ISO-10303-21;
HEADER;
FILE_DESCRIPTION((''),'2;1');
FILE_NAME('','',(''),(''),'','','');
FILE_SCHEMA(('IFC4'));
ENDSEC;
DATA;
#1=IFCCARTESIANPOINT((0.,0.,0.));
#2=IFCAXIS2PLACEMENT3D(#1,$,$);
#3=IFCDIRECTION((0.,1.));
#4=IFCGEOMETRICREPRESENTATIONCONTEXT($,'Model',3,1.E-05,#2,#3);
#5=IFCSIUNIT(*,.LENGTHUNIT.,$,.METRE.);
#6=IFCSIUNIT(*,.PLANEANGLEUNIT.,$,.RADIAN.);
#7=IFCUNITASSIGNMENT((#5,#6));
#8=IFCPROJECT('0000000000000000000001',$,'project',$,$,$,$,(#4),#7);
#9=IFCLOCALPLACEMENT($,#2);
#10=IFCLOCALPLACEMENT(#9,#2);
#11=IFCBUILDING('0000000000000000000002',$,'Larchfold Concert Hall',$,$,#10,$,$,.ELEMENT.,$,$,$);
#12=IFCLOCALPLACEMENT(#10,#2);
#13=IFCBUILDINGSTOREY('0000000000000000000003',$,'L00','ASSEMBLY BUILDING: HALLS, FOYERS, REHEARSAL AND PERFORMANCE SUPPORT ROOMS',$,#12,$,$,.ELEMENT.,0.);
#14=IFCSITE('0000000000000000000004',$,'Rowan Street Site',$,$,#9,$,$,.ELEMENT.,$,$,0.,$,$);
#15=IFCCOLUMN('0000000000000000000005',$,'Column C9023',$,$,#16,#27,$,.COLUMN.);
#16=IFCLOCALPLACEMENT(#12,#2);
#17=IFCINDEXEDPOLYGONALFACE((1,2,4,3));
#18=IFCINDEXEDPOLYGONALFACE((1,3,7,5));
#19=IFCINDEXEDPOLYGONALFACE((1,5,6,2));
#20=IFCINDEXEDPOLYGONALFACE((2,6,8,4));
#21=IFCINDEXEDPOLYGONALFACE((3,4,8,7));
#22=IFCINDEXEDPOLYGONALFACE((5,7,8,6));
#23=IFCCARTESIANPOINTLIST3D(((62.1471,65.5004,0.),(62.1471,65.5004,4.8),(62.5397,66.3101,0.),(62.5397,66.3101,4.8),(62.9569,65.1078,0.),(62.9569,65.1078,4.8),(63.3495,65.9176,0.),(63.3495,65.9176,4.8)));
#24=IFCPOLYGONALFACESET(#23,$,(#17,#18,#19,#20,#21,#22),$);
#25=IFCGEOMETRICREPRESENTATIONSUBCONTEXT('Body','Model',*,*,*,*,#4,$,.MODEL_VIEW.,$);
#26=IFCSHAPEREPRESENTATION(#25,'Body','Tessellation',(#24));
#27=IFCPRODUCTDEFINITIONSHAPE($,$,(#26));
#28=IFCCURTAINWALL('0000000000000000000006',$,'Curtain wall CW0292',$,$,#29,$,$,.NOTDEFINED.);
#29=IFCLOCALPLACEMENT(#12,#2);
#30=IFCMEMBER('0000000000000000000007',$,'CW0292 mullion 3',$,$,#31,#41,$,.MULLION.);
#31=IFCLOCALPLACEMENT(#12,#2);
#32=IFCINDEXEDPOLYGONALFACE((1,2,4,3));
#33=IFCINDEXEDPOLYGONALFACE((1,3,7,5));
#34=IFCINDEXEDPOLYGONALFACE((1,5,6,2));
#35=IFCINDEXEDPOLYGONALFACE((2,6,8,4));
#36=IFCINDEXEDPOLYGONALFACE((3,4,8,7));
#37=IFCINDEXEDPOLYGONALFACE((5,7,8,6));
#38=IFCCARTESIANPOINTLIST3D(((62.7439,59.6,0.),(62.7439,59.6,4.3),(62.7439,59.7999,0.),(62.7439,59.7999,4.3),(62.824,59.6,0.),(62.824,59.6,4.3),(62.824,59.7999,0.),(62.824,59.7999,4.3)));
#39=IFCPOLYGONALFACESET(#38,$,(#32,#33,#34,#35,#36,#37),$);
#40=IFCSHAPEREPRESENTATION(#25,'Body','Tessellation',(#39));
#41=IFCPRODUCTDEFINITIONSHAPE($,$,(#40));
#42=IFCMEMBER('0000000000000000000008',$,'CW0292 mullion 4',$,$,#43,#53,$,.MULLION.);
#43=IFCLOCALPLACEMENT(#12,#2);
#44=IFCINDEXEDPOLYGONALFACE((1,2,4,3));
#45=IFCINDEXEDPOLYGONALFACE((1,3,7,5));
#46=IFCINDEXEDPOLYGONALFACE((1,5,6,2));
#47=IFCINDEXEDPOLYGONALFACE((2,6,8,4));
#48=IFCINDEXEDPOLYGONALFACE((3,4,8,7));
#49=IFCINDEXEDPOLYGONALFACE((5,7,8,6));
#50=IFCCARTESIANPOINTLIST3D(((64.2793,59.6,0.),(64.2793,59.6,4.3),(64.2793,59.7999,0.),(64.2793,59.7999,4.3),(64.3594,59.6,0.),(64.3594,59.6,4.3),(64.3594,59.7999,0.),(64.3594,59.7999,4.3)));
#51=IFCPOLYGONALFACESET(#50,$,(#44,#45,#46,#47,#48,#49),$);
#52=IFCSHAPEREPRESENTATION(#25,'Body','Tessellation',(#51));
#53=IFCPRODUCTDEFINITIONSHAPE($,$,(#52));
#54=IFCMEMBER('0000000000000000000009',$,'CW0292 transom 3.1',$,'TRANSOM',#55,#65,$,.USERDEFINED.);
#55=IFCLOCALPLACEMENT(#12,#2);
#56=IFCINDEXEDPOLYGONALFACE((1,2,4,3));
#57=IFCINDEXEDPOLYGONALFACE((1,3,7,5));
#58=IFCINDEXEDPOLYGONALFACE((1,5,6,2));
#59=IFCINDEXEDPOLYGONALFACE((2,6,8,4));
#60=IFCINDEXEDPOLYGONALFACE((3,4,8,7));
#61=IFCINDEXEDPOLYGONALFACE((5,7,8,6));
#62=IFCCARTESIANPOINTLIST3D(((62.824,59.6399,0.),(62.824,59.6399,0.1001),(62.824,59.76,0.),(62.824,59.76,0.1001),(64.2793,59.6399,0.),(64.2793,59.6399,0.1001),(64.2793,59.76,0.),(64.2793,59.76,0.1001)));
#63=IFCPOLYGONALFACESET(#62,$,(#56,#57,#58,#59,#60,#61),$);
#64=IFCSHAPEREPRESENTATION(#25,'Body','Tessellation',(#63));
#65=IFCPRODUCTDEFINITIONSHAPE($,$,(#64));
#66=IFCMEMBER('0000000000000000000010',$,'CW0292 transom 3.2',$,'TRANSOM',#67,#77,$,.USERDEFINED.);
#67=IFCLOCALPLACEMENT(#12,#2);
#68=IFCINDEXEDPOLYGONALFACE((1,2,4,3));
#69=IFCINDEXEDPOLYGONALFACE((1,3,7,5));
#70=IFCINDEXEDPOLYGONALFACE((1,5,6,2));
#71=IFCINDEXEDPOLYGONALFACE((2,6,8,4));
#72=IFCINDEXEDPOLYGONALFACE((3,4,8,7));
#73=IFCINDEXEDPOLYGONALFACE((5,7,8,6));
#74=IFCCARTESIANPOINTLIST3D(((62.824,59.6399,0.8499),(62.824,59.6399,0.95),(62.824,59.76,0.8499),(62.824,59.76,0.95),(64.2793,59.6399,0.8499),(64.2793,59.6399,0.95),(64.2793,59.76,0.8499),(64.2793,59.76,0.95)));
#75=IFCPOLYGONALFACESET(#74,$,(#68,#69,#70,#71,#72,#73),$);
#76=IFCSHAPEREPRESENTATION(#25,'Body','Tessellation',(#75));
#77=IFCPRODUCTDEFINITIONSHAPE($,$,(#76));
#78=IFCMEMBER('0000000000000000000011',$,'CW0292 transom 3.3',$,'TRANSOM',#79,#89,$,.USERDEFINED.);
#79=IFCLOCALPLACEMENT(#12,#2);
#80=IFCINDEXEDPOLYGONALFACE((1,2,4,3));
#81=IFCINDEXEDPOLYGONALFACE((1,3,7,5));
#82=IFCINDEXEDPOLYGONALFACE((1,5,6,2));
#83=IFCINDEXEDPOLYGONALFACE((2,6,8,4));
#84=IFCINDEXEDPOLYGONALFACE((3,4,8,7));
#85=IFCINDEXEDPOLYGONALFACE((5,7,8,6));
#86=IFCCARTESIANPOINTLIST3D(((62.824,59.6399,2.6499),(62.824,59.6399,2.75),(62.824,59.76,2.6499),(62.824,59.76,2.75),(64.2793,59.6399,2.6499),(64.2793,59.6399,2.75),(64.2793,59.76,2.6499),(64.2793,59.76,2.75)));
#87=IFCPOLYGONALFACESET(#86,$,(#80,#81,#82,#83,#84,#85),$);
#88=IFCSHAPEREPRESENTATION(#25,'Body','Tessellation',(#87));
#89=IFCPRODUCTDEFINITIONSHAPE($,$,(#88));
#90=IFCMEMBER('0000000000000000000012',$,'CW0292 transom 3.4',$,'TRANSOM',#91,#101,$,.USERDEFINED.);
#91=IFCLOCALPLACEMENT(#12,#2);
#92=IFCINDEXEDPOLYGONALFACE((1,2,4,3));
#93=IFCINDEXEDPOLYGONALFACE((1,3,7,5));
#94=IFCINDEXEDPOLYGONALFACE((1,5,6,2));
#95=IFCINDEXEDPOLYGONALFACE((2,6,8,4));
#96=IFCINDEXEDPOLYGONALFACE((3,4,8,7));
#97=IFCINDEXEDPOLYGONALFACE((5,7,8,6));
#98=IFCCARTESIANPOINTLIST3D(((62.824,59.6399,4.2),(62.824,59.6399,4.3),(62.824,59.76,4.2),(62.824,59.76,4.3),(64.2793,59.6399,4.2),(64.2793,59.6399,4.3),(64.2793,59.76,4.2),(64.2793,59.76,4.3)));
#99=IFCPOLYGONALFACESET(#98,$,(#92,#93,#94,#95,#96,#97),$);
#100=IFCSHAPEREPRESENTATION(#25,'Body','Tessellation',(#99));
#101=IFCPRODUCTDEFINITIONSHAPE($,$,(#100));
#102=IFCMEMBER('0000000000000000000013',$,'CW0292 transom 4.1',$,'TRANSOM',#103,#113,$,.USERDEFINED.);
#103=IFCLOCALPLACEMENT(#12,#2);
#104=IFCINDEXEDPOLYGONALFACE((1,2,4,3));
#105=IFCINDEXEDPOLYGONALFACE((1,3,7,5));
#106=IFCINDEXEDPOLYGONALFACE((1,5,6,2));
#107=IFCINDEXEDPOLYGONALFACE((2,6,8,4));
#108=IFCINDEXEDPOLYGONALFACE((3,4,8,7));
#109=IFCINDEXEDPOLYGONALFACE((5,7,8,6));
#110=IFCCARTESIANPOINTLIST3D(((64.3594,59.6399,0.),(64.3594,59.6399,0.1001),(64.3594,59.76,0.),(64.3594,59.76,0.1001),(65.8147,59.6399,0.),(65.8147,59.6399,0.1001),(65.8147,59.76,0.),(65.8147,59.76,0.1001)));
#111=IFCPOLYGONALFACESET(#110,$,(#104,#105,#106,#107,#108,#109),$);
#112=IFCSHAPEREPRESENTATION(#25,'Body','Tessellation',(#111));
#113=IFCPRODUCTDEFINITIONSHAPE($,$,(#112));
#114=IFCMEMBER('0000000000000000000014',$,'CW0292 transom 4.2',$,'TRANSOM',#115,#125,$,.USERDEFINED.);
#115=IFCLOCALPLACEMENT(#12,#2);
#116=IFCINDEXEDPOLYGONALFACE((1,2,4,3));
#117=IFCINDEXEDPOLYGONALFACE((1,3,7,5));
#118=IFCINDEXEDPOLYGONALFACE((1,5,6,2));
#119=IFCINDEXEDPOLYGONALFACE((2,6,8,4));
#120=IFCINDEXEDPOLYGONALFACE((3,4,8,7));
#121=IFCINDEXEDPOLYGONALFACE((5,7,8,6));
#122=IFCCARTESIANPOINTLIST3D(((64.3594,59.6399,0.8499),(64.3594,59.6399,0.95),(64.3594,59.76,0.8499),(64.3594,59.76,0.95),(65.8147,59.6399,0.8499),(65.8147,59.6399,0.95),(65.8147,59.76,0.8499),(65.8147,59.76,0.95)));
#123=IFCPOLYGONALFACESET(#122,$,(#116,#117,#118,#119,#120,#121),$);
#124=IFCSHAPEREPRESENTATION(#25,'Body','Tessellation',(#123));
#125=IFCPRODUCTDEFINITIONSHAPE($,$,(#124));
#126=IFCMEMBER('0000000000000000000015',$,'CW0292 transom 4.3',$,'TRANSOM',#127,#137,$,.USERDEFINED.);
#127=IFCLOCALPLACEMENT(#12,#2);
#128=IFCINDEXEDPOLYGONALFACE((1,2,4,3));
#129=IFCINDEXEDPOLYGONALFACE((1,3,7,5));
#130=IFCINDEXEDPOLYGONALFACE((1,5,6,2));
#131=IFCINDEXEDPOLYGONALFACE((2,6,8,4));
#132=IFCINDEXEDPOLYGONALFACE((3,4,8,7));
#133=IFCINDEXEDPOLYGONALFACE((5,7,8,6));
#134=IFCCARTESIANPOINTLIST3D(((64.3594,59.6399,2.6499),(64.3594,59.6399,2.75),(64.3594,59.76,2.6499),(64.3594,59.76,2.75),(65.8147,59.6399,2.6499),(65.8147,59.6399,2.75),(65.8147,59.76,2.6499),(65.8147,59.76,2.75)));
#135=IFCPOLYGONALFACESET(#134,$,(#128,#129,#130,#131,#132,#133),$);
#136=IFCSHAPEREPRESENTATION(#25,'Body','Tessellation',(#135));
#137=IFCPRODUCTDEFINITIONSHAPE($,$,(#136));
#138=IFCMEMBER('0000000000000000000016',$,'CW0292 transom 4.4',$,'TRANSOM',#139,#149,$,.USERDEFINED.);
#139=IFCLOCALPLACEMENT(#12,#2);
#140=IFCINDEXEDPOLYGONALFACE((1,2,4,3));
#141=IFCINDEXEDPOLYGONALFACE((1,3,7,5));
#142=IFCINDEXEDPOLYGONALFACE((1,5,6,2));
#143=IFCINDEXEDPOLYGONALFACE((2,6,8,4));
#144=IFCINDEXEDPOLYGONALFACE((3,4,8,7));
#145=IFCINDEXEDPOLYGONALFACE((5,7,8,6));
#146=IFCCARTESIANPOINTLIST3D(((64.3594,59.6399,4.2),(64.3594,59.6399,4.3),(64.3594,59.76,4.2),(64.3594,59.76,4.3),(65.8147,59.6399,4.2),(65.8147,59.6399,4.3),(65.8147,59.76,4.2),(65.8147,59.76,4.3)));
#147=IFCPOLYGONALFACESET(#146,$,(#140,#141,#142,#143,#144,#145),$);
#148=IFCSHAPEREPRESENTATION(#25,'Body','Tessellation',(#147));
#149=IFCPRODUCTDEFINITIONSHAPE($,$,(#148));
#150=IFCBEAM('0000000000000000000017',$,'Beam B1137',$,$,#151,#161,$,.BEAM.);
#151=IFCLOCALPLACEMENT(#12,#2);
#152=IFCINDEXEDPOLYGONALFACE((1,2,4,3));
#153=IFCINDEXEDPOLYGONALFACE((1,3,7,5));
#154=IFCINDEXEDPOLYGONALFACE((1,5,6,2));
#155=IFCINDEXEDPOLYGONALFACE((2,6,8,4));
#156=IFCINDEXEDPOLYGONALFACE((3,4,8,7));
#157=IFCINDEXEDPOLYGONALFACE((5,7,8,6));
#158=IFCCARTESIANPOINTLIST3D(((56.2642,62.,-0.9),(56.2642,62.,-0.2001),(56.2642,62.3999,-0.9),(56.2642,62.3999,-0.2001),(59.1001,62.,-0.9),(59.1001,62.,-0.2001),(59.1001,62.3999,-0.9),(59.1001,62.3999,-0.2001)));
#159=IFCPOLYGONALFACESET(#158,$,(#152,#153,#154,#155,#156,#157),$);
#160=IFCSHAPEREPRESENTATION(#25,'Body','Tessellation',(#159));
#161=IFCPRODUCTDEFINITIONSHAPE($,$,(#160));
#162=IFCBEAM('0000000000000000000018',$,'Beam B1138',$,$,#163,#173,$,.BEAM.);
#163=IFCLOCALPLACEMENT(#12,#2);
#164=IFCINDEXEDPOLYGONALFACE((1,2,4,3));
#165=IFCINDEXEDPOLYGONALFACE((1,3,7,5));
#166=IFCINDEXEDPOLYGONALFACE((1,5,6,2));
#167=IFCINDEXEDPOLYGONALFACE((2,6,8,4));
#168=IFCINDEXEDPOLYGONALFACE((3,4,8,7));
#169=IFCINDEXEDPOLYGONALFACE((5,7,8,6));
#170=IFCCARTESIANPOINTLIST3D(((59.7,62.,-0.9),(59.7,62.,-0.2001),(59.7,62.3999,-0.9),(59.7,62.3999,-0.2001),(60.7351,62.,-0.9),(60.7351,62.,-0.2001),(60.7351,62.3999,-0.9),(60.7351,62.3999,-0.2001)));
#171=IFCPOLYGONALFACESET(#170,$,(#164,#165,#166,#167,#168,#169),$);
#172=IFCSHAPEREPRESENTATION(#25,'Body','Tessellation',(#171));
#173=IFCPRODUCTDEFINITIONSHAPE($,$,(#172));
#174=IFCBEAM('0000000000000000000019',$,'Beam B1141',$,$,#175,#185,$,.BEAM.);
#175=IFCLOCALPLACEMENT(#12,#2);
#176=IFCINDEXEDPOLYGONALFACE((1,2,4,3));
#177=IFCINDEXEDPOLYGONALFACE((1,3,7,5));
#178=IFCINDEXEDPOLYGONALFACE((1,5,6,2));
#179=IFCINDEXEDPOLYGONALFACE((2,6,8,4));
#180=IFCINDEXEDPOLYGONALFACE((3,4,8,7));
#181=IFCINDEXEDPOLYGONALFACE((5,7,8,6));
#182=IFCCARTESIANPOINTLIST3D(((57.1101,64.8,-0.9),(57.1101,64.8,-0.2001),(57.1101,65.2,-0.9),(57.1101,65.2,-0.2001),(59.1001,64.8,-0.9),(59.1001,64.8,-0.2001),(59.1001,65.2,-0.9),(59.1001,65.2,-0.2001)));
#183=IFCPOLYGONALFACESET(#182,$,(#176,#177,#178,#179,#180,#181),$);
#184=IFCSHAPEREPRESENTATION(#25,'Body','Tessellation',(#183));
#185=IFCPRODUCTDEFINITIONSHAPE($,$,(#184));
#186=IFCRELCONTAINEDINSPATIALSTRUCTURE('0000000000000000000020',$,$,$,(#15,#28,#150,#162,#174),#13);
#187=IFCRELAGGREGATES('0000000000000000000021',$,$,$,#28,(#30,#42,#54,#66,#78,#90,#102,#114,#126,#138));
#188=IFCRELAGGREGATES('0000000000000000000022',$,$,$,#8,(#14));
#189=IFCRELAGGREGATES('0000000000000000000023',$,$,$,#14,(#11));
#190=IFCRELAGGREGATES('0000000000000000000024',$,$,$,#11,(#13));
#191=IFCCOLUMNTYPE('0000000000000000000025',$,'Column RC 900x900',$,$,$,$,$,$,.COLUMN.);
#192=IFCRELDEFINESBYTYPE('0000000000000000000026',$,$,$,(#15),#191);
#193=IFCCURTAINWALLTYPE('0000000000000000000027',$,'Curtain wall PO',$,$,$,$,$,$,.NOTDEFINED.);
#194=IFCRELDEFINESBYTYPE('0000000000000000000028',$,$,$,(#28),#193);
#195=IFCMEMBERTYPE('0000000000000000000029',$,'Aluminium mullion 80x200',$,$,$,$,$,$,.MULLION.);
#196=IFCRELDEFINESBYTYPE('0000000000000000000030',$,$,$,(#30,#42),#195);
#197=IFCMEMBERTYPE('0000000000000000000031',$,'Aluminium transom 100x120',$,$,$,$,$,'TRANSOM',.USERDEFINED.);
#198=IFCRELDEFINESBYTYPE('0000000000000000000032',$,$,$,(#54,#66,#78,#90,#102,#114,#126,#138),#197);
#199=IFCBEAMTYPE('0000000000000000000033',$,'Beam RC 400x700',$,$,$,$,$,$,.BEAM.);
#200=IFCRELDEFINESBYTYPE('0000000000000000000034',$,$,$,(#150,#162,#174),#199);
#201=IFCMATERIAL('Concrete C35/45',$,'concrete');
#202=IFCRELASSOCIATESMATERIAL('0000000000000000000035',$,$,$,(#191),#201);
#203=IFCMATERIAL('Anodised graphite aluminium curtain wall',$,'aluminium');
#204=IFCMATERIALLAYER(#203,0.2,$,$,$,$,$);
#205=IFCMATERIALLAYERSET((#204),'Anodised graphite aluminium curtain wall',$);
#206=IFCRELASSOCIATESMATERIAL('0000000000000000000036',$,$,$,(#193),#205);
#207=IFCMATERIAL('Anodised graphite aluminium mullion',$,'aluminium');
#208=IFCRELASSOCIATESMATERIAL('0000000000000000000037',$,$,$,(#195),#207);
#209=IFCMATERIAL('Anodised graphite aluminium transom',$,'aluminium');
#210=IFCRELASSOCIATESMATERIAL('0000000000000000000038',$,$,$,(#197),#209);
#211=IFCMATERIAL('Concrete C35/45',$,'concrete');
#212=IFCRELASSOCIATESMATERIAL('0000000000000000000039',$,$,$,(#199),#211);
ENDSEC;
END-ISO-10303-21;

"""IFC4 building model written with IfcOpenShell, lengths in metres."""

from ifc_helpers import new_model, si_unit, direction, frame, origin, origin_2d, place, context, subcontext, project, spatial, rectangle, extrude, material, layer, layer_set, material_profile, profile_set, type_object, element, aggregate, save


model = new_model("IFC4")

# Units and contexts
model_context = context("Model", 3, precision=1e-05, world=origin(), true_north=direction((0.0, 1.0)))
body_context = subcontext(model_context, "Body", "Model", "MODEL_VIEW")
ifc_project = project(units=[si_unit("LENGTHUNIT", "METRE"), si_unit("PLANEANGLEUNIT", "RADIAN")], contexts=[model_context])

# Site, building, storey
site_placement = place(None, origin())
site = spatial("IfcSite", under=ifc_project, at=site_placement, Name="Rowan Street Site", CompositionType="ELEMENT", RefElevation=0.0)
building_placement = place(site_placement, origin())
building = spatial("IfcBuilding", under=site, at=building_placement, Name="Larchfold Concert Hall", CompositionType="ELEMENT")
storey_placement = place(building_placement, origin())
storey = spatial("IfcBuildingStorey", under=building, at=storey_placement, Name="L00", Description="ASSEMBLY BUILDING: HALLS, FOYERS, REHEARSAL AND PERFORMANCE SUPPORT ROOMS", CompositionType="ELEMENT", Elevation=0.0)

# Column
ifc_material_1 = material(Name="Concrete C35/45", Category="concrete")
ifc_material_profile_1 = material_profile(ifc_material_1, rectangle(XDim=0.8999, YDim=0.8999, at=origin_2d()))
ifc_profile_set_1 = profile_set([ifc_material_profile_1], Name="Concrete C35/45")
column_type = type_object("IfcColumnType", Name="Column RC 900x900", PredefinedType="COLUMN", material=ifc_profile_set_1)
column_placement = place(storey_placement, frame((62.7483, 65.709, 0.0), z_axis=(0.0, 0.0, 1.0), x_axis=(0.436211, 0.899844, 0.0)))
element("IfcColumn", 1, at=column_placement, inside=storey, type_object=column_type, Name="Column C9023", PredefinedType="COLUMN", context=body_context, shape_type="SweptSolid", body=[
    extrude(rectangle(XDim=0.8999, YDim=0.8999, at=origin_2d()), origin(), (0.0, 0.0, 1.0), 4.8),
])

# Curtain wall, members
ifc_material_2 = material(Name="Anodised graphite aluminium curtain wall", Category="aluminium")
ifc_layer_1 = layer(ifc_material_2, 0.2)
ifc_layer_set_1 = layer_set([ifc_layer_1], Name="Anodised graphite aluminium curtain wall")
curtain_wall_type = type_object("IfcCurtainWallType", Name="Curtain wall PO", PredefinedType="NOTDEFINED", material=ifc_layer_set_1)
curtain_wall_placement = place(storey_placement, origin())
curtain_wall = element("IfcCurtainWall", 2, at=curtain_wall_placement, inside=storey, type_object=curtain_wall_type, Name="Curtain wall CW0292", PredefinedType="NOTDEFINED")
ifc_material_3 = material(Name="Anodised graphite aluminium mullion", Category="aluminium")
ifc_material_profile_2 = material_profile(ifc_material_3, rectangle(XDim=0.2, YDim=0.0801, at=origin_2d()))
ifc_profile_set_2 = profile_set([ifc_material_profile_2], Name="Anodised graphite aluminium mullion")
member_type_1 = type_object("IfcMemberType", Name="Aluminium mullion 80x200", PredefinedType="MULLION", material=ifc_profile_set_2)
member_1_placement = place(storey_placement, frame((62.7839, 59.7, 0.0), z_axis=(0.0, 0.0, 1.0), x_axis=(0.0, 1.0, 0.0)))
member_1 = element("IfcMember", 3, at=member_1_placement, type_object=member_type_1, Name="CW0292 mullion 3", PredefinedType="MULLION", context=body_context, shape_type="SweptSolid", body=[
    extrude(rectangle(XDim=0.2, YDim=0.0801, at=origin_2d()), origin(), (0.0, 0.0, 1.0), 4.3),
])
member_2_placement = place(storey_placement, frame((64.3193, 59.7, 0.0), z_axis=(0.0, 0.0, 1.0), x_axis=(0.0, 1.0, 0.0)))
member_2 = element("IfcMember", 4, at=member_2_placement, type_object=member_type_1, Name="CW0292 mullion 4", PredefinedType="MULLION", context=body_context, shape_type="SweptSolid", body=[
    extrude(rectangle(XDim=0.2, YDim=0.0801, at=origin_2d()), origin(), (0.0, 0.0, 1.0), 4.3),
])
ifc_material_4 = material(Name="Anodised graphite aluminium transom", Category="aluminium")
ifc_material_profile_3 = material_profile(ifc_material_4, rectangle(XDim=0.1201, YDim=0.1001, at=origin_2d()))
ifc_profile_set_3 = profile_set([ifc_material_profile_3], Name="Anodised graphite aluminium transom")
member_type_2 = type_object("IfcMemberType", Name="Aluminium transom 100x120", ElementType="TRANSOM", PredefinedType="USERDEFINED", material=ifc_profile_set_3)
member_3_placement = place(storey_placement, frame((62.824, 59.7, 0.05), z_axis=(1.0, 0.0, 0.0), x_axis=(0.0, 1.0, 0.0)))
member_3 = element("IfcMember", 5, at=member_3_placement, type_object=member_type_2, Name="CW0292 transom 3.1", ObjectType="TRANSOM", PredefinedType="USERDEFINED", context=body_context, shape_type="SweptSolid", body=[
    extrude(rectangle(XDim=0.1201, YDim=0.1001, at=origin_2d()), origin(), (0.0, 0.0, 1.0), 1.4553),
])
member_4_placement = place(storey_placement, frame((62.824, 59.7, 0.8999), z_axis=(1.0, 0.0, 0.0), x_axis=(0.0, 1.0, 0.0)))
member_4 = element("IfcMember", 6, at=member_4_placement, type_object=member_type_2, Name="CW0292 transom 3.2", ObjectType="TRANSOM", PredefinedType="USERDEFINED", context=body_context, shape_type="SweptSolid", body=[
    extrude(rectangle(XDim=0.1201, YDim=0.1001, at=origin_2d()), origin(), (0.0, 0.0, 1.0), 1.4553),
])
member_5_placement = place(storey_placement, frame((62.824, 59.7, 2.7), z_axis=(1.0, 0.0, 0.0), x_axis=(0.0, 1.0, 0.0)))
member_5 = element("IfcMember", 7, at=member_5_placement, type_object=member_type_2, Name="CW0292 transom 3.3", ObjectType="TRANSOM", PredefinedType="USERDEFINED", context=body_context, shape_type="SweptSolid", body=[
    extrude(rectangle(XDim=0.1201, YDim=0.1001, at=origin_2d()), origin(), (0.0, 0.0, 1.0), 1.4553),
])
member_6_placement = place(storey_placement, frame((62.824, 59.7, 4.25), z_axis=(1.0, 0.0, 0.0), x_axis=(0.0, 1.0, 0.0)))
member_6 = element("IfcMember", 8, at=member_6_placement, type_object=member_type_2, Name="CW0292 transom 3.4", ObjectType="TRANSOM", PredefinedType="USERDEFINED", context=body_context, shape_type="SweptSolid", body=[
    extrude(rectangle(XDim=0.1201, YDim=0.1001, at=origin_2d()), origin(), (0.0, 0.0, 1.0), 1.4553),
])
member_7_placement = place(storey_placement, frame((64.3594, 59.7, 0.05), z_axis=(1.0, 0.0, 0.0), x_axis=(0.0, 1.0, 0.0)))
member_7 = element("IfcMember", 9, at=member_7_placement, type_object=member_type_2, Name="CW0292 transom 4.1", ObjectType="TRANSOM", PredefinedType="USERDEFINED", context=body_context, shape_type="SweptSolid", body=[
    extrude(rectangle(XDim=0.1201, YDim=0.1001, at=origin_2d()), origin(), (0.0, 0.0, 1.0), 1.4553),
])
member_8_placement = place(storey_placement, frame((64.3594, 59.7, 0.8999), z_axis=(1.0, 0.0, 0.0), x_axis=(0.0, 1.0, 0.0)))
member_8 = element("IfcMember", 10, at=member_8_placement, type_object=member_type_2, Name="CW0292 transom 4.2", ObjectType="TRANSOM", PredefinedType="USERDEFINED", context=body_context, shape_type="SweptSolid", body=[
    extrude(rectangle(XDim=0.1201, YDim=0.1001, at=origin_2d()), origin(), (0.0, 0.0, 1.0), 1.4553),
])
member_9_placement = place(storey_placement, frame((64.3594, 59.7, 2.7), z_axis=(1.0, 0.0, 0.0), x_axis=(0.0, 1.0, 0.0)))
member_9 = element("IfcMember", 11, at=member_9_placement, type_object=member_type_2, Name="CW0292 transom 4.3", ObjectType="TRANSOM", PredefinedType="USERDEFINED", context=body_context, shape_type="SweptSolid", body=[
    extrude(rectangle(XDim=0.1201, YDim=0.1001, at=origin_2d()), origin(), (0.0, 0.0, 1.0), 1.4553),
])
member_10_placement = place(storey_placement, frame((64.3594, 59.7, 4.25), z_axis=(1.0, 0.0, 0.0), x_axis=(0.0, 1.0, 0.0)))
member_10 = element("IfcMember", 12, at=member_10_placement, type_object=member_type_2, Name="CW0292 transom 4.4", ObjectType="TRANSOM", PredefinedType="USERDEFINED", context=body_context, shape_type="SweptSolid", body=[
    extrude(rectangle(XDim=0.1201, YDim=0.1001, at=origin_2d()), origin(), (0.0, 0.0, 1.0), 1.4553),
])

# Beams
ifc_material_5 = material(Name="Concrete C35/45", Category="concrete")
ifc_material_profile_4 = material_profile(ifc_material_5, rectangle(XDim=0.3999, YDim=0.7, at=origin_2d()))
ifc_profile_set_4 = profile_set([ifc_material_profile_4], Name="Concrete C35/45")
beam_type_1 = type_object("IfcBeamType", Name="Beam RC 400x700", PredefinedType="BEAM", material=ifc_profile_set_4)
beam_1_placement = place(storey_placement, frame((56.2642, 62.2, -0.55), z_axis=(1.0, 0.0, 0.0), x_axis=(0.0, 1.0, 0.0)))
element("IfcBeam", 13, at=beam_1_placement, inside=storey, type_object=beam_type_1, Name="Beam B1137", PredefinedType="BEAM", context=body_context, shape_type="SweptSolid", body=[
    extrude(rectangle(XDim=0.3999, YDim=0.7, at=origin_2d()), origin(), (0.0, 0.0, 1.0), 2.8359),
])
beam_2_placement = place(storey_placement, frame((59.7, 62.2, -0.55), z_axis=(1.0, 0.0, 0.0), x_axis=(0.0, 1.0, 0.0)))
element("IfcBeam", 14, at=beam_2_placement, inside=storey, type_object=beam_type_1, Name="Beam B1138", PredefinedType="BEAM", context=body_context, shape_type="SweptSolid", body=[
    extrude(rectangle(XDim=0.3999, YDim=0.7, at=origin_2d()), origin(), (0.0, 0.0, 1.0), 1.0352),
])
beam_3_placement = place(storey_placement, frame((57.1101, 65.0, -0.55), z_axis=(1.0, 0.0, 0.0), x_axis=(0.0, 1.0, 0.0)))
element("IfcBeam", 15, at=beam_3_placement, inside=storey, type_object=beam_type_1, Name="Beam B1141", PredefinedType="BEAM", context=body_context, shape_type="SweptSolid", body=[
    extrude(rectangle(XDim=0.3999, YDim=0.7, at=origin_2d()), origin(), (0.0, 0.0, 1.0), 1.99),
])

aggregate(curtain_wall, [member_1, member_2, member_3, member_4, member_5, member_6, member_7, member_8, member_9, member_10])

save(model, "model.ifc")
